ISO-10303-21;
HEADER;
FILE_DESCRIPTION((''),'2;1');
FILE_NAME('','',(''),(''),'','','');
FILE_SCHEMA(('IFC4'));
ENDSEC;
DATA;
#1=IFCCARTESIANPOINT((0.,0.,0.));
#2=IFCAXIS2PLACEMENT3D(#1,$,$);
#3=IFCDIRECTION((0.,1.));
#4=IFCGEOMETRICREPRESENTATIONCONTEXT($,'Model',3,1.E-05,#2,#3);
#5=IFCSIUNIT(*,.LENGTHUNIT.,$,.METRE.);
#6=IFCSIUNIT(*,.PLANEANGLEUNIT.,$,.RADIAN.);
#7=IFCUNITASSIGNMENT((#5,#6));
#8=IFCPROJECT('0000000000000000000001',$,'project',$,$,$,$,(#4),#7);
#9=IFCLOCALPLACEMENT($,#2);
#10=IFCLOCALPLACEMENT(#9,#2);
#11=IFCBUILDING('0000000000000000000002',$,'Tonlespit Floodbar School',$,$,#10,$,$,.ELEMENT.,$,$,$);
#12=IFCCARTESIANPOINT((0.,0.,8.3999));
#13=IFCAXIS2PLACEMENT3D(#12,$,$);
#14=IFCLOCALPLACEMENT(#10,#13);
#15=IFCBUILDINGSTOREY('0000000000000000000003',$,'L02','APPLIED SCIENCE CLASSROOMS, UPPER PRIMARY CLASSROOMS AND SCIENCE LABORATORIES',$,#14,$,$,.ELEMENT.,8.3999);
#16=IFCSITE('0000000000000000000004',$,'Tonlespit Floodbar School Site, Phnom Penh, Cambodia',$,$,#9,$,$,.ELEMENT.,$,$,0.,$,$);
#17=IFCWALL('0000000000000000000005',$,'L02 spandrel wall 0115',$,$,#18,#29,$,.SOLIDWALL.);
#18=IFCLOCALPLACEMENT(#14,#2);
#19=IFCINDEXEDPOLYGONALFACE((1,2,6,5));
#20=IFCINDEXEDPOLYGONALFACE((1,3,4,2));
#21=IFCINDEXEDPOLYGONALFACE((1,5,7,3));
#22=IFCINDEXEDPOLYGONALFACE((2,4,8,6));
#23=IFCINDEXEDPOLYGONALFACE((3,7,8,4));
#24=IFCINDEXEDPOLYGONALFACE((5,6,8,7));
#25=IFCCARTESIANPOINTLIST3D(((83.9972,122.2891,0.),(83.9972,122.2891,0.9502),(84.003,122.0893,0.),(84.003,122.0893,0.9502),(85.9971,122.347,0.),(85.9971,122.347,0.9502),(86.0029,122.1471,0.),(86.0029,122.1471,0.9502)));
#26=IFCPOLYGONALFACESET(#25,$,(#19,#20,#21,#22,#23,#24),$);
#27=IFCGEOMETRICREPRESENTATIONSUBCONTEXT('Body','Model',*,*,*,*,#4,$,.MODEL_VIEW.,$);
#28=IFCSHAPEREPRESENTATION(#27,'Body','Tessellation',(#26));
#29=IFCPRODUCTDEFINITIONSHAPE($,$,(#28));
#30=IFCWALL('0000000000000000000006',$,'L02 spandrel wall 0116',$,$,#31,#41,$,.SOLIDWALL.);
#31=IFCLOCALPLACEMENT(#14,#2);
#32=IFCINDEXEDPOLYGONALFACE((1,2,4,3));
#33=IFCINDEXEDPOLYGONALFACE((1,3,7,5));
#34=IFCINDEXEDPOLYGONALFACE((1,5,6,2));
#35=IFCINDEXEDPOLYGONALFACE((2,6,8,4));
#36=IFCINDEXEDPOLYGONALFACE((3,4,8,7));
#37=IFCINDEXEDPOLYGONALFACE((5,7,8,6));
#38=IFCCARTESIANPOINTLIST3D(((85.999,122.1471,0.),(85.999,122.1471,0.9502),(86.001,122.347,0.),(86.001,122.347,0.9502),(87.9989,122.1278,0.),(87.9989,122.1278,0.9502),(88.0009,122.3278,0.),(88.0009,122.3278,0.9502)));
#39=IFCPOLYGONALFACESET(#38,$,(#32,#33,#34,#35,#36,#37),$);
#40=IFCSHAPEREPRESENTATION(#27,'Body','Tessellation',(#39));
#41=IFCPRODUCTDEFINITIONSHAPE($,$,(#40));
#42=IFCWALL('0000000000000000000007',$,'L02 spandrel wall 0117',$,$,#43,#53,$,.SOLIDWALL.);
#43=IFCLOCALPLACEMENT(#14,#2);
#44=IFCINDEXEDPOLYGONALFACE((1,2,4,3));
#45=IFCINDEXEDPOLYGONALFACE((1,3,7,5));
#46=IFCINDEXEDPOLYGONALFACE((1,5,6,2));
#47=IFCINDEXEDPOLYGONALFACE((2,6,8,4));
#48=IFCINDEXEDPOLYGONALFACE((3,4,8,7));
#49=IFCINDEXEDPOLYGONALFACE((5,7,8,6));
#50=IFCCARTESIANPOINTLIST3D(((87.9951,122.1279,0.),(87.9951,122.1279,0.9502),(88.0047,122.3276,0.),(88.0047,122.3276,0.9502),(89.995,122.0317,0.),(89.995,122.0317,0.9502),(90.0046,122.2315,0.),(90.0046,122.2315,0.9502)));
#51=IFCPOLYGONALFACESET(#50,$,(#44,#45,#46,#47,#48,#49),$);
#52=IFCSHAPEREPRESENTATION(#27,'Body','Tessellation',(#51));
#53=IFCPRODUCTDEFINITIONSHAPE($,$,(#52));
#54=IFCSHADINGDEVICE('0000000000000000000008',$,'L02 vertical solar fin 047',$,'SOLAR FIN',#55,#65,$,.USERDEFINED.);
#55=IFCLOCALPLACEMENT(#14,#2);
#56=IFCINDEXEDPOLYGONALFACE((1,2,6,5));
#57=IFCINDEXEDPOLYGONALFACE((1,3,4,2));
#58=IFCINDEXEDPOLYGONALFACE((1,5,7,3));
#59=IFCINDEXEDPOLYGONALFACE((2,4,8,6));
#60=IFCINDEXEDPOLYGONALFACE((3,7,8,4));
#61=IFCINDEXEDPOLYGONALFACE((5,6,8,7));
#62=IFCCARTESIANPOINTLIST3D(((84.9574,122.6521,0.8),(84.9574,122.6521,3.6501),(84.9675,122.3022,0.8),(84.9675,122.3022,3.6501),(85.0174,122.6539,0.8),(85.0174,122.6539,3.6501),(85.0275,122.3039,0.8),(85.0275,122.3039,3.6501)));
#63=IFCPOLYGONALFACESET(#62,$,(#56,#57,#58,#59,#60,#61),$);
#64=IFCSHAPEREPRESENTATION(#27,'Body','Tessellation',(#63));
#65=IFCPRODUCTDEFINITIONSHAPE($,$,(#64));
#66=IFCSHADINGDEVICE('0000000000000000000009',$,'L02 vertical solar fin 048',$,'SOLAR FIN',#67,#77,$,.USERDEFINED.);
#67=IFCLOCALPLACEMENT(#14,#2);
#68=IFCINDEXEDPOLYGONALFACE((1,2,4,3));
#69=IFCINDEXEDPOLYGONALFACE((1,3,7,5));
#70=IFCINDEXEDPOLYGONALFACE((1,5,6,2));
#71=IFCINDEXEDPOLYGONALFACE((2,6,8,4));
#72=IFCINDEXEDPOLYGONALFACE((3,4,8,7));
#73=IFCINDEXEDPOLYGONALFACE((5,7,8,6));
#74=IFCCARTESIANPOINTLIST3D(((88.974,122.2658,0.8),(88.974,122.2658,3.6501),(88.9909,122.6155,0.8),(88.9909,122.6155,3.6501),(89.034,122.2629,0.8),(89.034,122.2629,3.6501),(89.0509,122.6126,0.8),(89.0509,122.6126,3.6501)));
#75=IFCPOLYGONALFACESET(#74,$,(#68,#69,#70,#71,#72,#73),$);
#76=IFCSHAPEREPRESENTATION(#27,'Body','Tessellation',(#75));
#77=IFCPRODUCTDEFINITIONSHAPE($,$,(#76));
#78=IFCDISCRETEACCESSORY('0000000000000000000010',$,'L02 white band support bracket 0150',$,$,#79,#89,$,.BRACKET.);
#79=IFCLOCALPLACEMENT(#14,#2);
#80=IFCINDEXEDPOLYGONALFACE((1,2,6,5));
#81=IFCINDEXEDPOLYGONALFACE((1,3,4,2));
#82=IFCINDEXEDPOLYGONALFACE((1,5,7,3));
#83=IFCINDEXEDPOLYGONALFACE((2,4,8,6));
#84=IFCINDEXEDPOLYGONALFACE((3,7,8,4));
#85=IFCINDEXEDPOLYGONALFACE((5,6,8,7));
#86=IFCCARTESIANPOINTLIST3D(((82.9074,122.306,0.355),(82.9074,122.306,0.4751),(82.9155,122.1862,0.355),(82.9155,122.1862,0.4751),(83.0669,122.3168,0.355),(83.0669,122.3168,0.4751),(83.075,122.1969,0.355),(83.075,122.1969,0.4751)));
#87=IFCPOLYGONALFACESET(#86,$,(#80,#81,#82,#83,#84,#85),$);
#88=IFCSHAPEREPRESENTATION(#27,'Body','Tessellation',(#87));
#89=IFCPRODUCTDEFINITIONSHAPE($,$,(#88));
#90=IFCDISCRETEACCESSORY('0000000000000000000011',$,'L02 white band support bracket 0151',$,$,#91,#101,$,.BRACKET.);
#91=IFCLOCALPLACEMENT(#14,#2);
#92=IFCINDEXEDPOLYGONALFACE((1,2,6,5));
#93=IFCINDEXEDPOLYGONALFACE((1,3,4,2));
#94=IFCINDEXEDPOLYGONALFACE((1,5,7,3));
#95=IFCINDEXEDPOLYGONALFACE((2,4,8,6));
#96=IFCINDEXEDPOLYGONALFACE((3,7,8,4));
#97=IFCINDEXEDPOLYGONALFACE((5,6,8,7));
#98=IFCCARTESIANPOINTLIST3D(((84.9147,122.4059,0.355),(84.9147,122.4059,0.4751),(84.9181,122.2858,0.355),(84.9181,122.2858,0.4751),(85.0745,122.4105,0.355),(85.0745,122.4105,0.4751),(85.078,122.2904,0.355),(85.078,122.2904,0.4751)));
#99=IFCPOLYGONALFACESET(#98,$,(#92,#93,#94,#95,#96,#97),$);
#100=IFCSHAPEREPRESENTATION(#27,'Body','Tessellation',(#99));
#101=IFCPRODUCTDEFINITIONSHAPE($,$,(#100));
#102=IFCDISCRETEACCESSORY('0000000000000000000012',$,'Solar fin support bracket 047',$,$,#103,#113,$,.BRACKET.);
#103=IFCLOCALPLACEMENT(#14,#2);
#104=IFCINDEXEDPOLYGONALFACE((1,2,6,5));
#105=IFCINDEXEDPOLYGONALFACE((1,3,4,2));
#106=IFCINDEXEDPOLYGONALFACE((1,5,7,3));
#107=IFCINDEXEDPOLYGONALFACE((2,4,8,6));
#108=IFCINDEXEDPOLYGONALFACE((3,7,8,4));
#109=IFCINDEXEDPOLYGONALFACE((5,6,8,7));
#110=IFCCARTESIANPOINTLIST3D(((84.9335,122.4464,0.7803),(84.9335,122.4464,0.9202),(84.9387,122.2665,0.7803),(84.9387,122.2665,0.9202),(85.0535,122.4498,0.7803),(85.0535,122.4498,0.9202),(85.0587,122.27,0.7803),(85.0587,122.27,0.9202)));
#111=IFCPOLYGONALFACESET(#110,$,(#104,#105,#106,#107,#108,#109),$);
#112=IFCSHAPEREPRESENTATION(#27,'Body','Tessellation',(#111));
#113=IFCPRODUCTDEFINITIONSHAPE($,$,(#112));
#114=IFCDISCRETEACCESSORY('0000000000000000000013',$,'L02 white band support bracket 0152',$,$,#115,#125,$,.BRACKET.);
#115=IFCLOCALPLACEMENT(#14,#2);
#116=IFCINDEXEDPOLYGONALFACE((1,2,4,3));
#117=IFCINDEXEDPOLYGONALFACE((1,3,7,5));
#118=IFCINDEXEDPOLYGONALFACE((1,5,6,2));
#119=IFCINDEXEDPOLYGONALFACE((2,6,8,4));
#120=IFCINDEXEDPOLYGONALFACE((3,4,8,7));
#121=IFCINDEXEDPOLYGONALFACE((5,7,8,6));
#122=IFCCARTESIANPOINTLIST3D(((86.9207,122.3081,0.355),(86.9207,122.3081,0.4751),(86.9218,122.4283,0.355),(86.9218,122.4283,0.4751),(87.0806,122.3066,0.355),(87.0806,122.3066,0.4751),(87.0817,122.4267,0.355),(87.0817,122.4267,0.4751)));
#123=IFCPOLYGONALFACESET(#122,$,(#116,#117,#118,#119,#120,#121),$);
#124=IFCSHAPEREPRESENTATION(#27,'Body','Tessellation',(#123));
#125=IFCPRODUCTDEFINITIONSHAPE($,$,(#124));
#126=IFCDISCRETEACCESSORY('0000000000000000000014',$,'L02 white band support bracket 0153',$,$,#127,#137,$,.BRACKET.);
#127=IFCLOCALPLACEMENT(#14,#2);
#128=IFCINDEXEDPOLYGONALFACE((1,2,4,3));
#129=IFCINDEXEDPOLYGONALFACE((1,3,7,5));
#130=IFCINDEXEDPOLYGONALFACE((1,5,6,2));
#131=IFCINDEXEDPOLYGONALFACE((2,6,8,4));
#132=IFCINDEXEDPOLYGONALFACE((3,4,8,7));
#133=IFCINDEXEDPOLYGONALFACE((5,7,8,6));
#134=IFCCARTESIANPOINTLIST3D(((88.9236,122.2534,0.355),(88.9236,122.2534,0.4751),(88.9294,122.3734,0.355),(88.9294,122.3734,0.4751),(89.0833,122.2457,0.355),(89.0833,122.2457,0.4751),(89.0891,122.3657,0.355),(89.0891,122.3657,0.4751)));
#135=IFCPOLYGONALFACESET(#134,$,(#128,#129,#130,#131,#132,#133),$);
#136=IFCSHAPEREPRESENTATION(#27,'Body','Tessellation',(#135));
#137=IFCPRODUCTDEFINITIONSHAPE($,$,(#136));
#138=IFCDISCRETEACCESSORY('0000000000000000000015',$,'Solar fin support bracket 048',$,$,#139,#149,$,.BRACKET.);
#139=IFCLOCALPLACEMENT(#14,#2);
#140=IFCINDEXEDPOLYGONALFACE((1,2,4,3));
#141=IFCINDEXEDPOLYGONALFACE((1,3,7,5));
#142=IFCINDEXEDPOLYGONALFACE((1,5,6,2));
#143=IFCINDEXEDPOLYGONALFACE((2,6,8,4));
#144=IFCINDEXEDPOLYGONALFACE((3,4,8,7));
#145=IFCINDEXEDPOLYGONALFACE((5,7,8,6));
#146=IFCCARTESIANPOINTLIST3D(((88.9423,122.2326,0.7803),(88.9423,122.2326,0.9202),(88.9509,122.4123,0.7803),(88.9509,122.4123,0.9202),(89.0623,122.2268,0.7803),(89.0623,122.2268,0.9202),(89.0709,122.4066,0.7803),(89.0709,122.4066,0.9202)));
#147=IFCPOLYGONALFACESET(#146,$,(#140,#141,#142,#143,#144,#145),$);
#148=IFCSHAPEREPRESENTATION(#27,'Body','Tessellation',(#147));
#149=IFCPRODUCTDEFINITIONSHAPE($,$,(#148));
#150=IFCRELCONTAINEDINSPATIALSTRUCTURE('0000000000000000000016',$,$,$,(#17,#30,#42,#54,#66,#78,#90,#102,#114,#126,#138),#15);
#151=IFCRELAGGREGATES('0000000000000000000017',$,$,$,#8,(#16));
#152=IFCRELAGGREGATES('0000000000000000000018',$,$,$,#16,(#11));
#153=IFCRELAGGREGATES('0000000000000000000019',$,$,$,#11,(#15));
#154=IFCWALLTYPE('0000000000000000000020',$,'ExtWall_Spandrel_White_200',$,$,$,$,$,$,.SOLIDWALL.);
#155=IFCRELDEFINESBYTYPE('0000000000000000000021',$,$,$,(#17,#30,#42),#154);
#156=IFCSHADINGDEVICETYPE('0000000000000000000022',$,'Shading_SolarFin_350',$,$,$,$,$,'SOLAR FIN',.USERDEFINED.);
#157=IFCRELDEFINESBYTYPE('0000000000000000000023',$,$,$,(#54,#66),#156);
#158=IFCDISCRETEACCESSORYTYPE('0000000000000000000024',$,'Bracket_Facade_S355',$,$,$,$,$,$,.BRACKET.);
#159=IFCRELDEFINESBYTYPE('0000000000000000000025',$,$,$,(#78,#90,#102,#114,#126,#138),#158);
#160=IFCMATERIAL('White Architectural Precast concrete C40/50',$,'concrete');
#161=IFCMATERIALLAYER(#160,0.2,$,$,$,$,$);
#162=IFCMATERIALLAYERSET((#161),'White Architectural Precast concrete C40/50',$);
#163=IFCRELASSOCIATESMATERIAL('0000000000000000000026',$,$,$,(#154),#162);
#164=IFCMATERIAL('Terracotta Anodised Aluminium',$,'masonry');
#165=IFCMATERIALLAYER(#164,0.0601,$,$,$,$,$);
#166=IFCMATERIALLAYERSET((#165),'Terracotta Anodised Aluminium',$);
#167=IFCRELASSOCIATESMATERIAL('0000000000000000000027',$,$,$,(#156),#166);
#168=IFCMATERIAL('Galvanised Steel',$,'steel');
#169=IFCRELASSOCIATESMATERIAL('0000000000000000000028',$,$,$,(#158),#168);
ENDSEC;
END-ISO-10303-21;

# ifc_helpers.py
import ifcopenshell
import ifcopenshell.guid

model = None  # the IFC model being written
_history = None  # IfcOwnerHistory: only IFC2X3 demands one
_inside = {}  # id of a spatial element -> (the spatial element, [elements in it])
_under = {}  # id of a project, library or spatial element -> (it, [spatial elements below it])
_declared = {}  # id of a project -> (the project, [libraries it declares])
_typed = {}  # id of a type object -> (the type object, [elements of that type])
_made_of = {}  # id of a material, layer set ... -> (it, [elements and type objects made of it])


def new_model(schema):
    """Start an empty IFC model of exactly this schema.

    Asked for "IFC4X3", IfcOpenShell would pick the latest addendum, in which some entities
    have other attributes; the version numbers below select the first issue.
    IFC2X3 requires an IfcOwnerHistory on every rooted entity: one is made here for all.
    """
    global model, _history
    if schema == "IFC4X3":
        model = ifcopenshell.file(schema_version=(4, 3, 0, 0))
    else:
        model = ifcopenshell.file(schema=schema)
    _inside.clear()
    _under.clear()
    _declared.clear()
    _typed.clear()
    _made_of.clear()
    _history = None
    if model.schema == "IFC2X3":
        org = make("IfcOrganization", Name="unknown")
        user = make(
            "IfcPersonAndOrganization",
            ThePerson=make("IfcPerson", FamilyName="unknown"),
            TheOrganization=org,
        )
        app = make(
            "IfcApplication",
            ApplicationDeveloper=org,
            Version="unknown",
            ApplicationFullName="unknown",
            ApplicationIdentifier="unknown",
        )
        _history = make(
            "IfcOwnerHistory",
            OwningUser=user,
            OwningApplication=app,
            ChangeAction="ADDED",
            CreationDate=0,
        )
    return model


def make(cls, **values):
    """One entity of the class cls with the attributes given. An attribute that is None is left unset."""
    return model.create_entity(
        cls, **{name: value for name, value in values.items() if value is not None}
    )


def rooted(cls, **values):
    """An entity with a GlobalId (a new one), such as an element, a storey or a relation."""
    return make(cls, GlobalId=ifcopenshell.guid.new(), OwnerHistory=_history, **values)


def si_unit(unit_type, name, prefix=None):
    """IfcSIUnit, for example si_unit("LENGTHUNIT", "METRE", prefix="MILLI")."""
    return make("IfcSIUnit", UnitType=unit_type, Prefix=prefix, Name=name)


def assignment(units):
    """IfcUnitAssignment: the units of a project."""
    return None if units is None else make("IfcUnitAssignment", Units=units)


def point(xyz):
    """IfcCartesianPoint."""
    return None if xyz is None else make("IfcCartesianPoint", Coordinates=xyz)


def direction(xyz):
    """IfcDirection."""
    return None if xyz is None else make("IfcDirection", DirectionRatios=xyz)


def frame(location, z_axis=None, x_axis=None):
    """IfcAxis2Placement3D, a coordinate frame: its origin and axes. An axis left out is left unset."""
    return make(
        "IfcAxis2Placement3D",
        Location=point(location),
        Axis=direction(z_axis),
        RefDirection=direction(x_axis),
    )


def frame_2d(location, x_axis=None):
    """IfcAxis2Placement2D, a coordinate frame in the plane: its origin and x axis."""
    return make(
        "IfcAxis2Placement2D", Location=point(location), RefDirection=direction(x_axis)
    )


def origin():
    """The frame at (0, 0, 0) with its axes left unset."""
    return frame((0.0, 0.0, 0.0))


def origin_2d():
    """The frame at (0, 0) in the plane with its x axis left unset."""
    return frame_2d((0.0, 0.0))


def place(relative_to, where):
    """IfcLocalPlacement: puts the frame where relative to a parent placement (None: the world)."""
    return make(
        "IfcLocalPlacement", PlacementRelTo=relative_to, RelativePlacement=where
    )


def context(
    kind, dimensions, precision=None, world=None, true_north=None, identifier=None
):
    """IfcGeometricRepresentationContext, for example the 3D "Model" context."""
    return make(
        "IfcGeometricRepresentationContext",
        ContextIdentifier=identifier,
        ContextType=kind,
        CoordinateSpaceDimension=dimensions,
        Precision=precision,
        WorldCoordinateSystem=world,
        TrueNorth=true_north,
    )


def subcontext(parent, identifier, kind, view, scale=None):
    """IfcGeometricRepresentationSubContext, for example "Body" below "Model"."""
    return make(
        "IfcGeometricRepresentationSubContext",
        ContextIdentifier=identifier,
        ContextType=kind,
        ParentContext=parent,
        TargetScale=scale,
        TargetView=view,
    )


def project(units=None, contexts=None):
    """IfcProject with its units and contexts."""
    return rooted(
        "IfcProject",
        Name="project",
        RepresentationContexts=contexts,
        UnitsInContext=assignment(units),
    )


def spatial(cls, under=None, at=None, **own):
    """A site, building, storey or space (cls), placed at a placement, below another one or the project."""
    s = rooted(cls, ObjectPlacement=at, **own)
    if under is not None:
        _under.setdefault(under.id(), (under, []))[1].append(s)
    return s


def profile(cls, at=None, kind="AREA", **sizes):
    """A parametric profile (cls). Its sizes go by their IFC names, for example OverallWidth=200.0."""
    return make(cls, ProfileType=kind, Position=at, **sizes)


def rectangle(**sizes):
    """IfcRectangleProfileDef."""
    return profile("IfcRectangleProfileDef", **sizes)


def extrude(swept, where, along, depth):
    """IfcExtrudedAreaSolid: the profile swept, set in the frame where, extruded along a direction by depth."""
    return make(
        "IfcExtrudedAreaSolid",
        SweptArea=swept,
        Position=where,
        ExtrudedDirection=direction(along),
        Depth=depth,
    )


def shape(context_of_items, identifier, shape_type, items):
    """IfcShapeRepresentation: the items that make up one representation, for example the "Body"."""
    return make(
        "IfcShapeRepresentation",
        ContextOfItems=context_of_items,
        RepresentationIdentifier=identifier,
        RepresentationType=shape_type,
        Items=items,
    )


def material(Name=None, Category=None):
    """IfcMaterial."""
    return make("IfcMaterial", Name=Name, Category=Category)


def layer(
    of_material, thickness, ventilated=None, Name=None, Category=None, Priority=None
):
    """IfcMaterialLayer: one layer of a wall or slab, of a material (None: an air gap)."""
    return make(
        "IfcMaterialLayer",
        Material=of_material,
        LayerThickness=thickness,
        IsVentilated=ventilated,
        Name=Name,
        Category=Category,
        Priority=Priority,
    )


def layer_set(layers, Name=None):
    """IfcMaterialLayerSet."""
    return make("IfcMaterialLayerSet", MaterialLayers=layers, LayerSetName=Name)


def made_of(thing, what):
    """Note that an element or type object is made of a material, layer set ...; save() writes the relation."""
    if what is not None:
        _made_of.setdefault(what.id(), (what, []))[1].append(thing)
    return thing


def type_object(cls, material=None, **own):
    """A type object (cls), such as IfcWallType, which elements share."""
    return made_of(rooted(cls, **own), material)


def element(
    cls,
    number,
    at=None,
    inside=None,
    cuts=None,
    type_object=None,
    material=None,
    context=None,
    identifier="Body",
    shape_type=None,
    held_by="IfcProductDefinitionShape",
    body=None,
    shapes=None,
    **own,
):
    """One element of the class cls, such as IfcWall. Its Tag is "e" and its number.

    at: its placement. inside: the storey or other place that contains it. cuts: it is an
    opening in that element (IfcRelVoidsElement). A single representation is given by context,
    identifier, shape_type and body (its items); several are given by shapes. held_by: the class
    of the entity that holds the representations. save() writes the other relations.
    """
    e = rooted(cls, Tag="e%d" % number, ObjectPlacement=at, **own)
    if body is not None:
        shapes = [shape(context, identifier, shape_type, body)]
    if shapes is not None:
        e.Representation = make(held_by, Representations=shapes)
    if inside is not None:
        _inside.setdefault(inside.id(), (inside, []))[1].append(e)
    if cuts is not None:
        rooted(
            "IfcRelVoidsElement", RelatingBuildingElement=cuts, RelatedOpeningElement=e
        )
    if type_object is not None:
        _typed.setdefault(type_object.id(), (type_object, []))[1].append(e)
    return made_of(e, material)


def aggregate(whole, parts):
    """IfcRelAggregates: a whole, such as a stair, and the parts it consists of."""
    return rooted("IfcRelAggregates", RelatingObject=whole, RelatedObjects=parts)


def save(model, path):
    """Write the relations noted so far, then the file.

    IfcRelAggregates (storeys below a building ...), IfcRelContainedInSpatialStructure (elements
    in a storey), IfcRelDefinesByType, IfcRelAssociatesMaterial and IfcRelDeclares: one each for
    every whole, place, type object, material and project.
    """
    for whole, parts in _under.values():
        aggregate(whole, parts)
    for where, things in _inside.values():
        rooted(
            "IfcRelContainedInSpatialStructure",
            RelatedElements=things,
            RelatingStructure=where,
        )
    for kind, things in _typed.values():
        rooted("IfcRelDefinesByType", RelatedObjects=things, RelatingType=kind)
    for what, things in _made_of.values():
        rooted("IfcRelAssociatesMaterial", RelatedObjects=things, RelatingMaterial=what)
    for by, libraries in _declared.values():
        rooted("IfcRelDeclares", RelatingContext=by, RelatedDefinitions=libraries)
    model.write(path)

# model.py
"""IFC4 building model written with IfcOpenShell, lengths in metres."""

from ifc_helpers import new_model, si_unit, direction, frame, frame_2d, origin, origin_2d, place, context, subcontext, project, spatial, rectangle, extrude, material, layer, layer_set, type_object, element, save


model = new_model("IFC4")

# Units and contexts
model_context = context("Model", 3, precision=1e-05, world=origin(), true_north=direction((0.0, 1.0)))
body_context = subcontext(model_context, "Body", "Model", "MODEL_VIEW")
ifc_project = project(units=[si_unit("LENGTHUNIT", "METRE"), si_unit("PLANEANGLEUNIT", "RADIAN")], contexts=[model_context])

# Site, building, storey
site_placement = place(None, origin())
site = spatial("IfcSite", under=ifc_project, at=site_placement, Name="Tonlespit Floodbar School Site, Phnom Penh, Cambodia", CompositionType="ELEMENT", RefElevation=0.0)
building_placement = place(site_placement, origin())
building = spatial("IfcBuilding", under=site, at=building_placement, Name="Tonlespit Floodbar School", CompositionType="ELEMENT")
storey_placement = place(building_placement, frame((0.0, 0.0, 8.3999)))
storey = spatial("IfcBuildingStorey", under=building, at=storey_placement, Name="L02", Description="APPLIED SCIENCE CLASSROOMS, UPPER PRIMARY CLASSROOMS AND SCIENCE LABORATORIES", CompositionType="ELEMENT", Elevation=8.3999)

# Walls
ifc_material_1 = material(Name="White Architectural Precast concrete C40/50", Category="concrete")
ifc_layer_1 = layer(ifc_material_1, 0.2)
ifc_layer_set_1 = layer_set([ifc_layer_1], Name="White Architectural Precast concrete C40/50")
wall_type = type_object("IfcWallType", Name="ExtWall_Spandrel_White_200", PredefinedType="SOLIDWALL", material=ifc_layer_set_1)
wall_1_placement = place(storey_placement, frame((84.0, 122.1892, 0.0), z_axis=(0.0, 0.0, 1.0), x_axis=(0.999582, 0.028919, 0.0)))
element("IfcWall", 1, at=wall_1_placement, inside=storey, type_object=wall_type, Name="L02 spandrel wall 0115", PredefinedType="SOLIDWALL", context=body_context, shape_type="SweptSolid", body=[
    extrude(rectangle(XDim=2.0007, YDim=0.2, at=frame_2d((1.0005, 0.0))), origin(), (0.0, 0.0, 1.0), 0.9502),
])
wall_2_placement = place(storey_placement, frame((86.0, 122.2471, 0.0), z_axis=(0.0, 0.0, 1.0), x_axis=(0.999954, -0.009643, 0.0)))
element("IfcWall", 2, at=wall_2_placement, inside=storey, type_object=wall_type, Name="L02 spandrel wall 0116", PredefinedType="SOLIDWALL", context=body_context, shape_type="SweptSolid", body=[
    extrude(rectangle(XDim=2.0, YDim=0.2, at=frame_2d((1.0, 0.0))), origin(), (0.0, 0.0, 1.0), 0.9502),
])
wall_3_placement = place(storey_placement, frame((88.0, 122.2278, 0.0), z_axis=(0.0, 0.0, 1.0), x_axis=(0.998845, -0.04804, 0.0)))
element("IfcWall", 3, at=wall_3_placement, inside=storey, type_object=wall_type, Name="L02 spandrel wall 0117", PredefinedType="SOLIDWALL", context=body_context, shape_type="SweptSolid", body=[
    extrude(rectangle(XDim=2.0022, YDim=0.2, at=frame_2d((1.001, 0.0))), origin(), (0.0, 0.0, 1.0), 0.9502),
])

# Shading devices
ifc_material_2 = material(Name="Terracotta Anodised Aluminium", Category="masonry")
ifc_layer_2 = layer(ifc_material_2, 0.0601)
ifc_layer_set_2 = layer_set([ifc_layer_2], Name="Terracotta Anodised Aluminium")
shading_device_type = type_object("IfcShadingDeviceType", Name="Shading_SolarFin_350", ElementType="SOLAR FIN", PredefinedType="USERDEFINED", material=ifc_layer_set_2)
for number, where, z_axis, x_axis, name in (
    (4, (84.9924, 122.478, 0.8), (0.0, 0.0, 1.0), (0.999584, 0.028838, 0.0), "L02 vertical solar fin 047"),
    (5, (89.0125, 122.4392, 0.8), (0.0, 0.0, 1.0), (0.998843, -0.048095, 0.0), "L02 vertical solar fin 048"),
):
    element("IfcShadingDevice", number, at=place(storey_placement, frame(where, z_axis=z_axis, x_axis=x_axis)), inside=storey, type_object=shading_device_type, Name=name, ObjectType="SOLAR FIN", PredefinedType="USERDEFINED", context=body_context, shape_type="SweptSolid", body=[
        extrude(rectangle(XDim=0.0601, YDim=0.3501, at=origin_2d()), origin(), (0.0, 0.0, 1.0), 2.8501),
    ])

# Discrete accessories
ifc_material_3 = material(Name="Galvanised Steel", Category="steel")
discrete_accessory_type = type_object("IfcDiscreteAccessoryType", Name="Bracket_Facade_S355", PredefinedType="BRACKET", material=ifc_material_3)
for number, where, z_axis, x_axis, name in (
    (6, (82.9912, 122.2515, 0.355), (0.0, 0.0, 1.0), (0.99773, 0.067347, 0.0), "L02 white band support bracket 0150"),
    (7, (84.9963, 122.3481, 0.355), (0.0, 0.0, 1.0), (0.999584, 0.028838, 0.0), "L02 white band support bracket 0151"),
):
    element("IfcDiscreteAccessory", number, at=place(storey_placement, frame(where, z_axis=z_axis, x_axis=x_axis)), inside=storey, type_object=discrete_accessory_type, Name=name, PredefinedType="BRACKET", context=body_context, shape_type="SweptSolid", body=[
        extrude(rectangle(XDim=0.1599, YDim=0.1201, at=origin_2d()), origin(), (0.0, 0.0, 1.0), 0.1201),
    ])
discrete_accessory_1_placement = place(storey_placement, frame((84.9961, 122.3582, 0.7803), z_axis=(0.0, 0.0, 1.0), x_axis=(0.999584, 0.028838, 0.0)))
element("IfcDiscreteAccessory", 8, at=discrete_accessory_1_placement, inside=storey, type_object=discrete_accessory_type, Name="Solar fin support bracket 047", PredefinedType="BRACKET", context=body_context, shape_type="SweptSolid", body=[
    extrude(rectangle(XDim=0.1201, YDim=0.1799, at=origin_2d()), origin(), (0.0, 0.0, 1.0), 0.1399),
])
for number, where, z_axis, x_axis, name in (
    (9, (87.0012, 122.3674, 0.355), (0.0, 0.0, 1.0), (0.999954, -0.009599, 0.0), "L02 white band support bracket 0152"),
    (10, (89.0063, 122.3096, 0.355), (0.0, 0.0, 1.0), (0.998843, -0.048095, 0.0), "L02 white band support bracket 0153"),
):
    element("IfcDiscreteAccessory", number, at=place(storey_placement, frame(where, z_axis=z_axis, x_axis=x_axis)), inside=storey, type_object=discrete_accessory_type, Name=name, PredefinedType="BRACKET", context=body_context, shape_type="SweptSolid", body=[
        extrude(rectangle(XDim=0.1599, YDim=0.1201, at=origin_2d()), origin(), (0.0, 0.0, 1.0), 0.1201),
    ])
discrete_accessory_2_placement = place(storey_placement, frame((89.0066, 122.3196, 0.7803), z_axis=(0.0, 0.0, 1.0), x_axis=(0.998843, -0.048095, 0.0)))
element("IfcDiscreteAccessory", 11, at=discrete_accessory_2_placement, inside=storey, type_object=discrete_accessory_type, Name="Solar fin support bracket 048", PredefinedType="BRACKET", context=body_context, shape_type="SweptSolid", body=[
    extrude(rectangle(XDim=0.1201, YDim=0.1799, at=origin_2d()), origin(), (0.0, 0.0, 1.0), 0.1399),
])

save(model, "model.ifc")
